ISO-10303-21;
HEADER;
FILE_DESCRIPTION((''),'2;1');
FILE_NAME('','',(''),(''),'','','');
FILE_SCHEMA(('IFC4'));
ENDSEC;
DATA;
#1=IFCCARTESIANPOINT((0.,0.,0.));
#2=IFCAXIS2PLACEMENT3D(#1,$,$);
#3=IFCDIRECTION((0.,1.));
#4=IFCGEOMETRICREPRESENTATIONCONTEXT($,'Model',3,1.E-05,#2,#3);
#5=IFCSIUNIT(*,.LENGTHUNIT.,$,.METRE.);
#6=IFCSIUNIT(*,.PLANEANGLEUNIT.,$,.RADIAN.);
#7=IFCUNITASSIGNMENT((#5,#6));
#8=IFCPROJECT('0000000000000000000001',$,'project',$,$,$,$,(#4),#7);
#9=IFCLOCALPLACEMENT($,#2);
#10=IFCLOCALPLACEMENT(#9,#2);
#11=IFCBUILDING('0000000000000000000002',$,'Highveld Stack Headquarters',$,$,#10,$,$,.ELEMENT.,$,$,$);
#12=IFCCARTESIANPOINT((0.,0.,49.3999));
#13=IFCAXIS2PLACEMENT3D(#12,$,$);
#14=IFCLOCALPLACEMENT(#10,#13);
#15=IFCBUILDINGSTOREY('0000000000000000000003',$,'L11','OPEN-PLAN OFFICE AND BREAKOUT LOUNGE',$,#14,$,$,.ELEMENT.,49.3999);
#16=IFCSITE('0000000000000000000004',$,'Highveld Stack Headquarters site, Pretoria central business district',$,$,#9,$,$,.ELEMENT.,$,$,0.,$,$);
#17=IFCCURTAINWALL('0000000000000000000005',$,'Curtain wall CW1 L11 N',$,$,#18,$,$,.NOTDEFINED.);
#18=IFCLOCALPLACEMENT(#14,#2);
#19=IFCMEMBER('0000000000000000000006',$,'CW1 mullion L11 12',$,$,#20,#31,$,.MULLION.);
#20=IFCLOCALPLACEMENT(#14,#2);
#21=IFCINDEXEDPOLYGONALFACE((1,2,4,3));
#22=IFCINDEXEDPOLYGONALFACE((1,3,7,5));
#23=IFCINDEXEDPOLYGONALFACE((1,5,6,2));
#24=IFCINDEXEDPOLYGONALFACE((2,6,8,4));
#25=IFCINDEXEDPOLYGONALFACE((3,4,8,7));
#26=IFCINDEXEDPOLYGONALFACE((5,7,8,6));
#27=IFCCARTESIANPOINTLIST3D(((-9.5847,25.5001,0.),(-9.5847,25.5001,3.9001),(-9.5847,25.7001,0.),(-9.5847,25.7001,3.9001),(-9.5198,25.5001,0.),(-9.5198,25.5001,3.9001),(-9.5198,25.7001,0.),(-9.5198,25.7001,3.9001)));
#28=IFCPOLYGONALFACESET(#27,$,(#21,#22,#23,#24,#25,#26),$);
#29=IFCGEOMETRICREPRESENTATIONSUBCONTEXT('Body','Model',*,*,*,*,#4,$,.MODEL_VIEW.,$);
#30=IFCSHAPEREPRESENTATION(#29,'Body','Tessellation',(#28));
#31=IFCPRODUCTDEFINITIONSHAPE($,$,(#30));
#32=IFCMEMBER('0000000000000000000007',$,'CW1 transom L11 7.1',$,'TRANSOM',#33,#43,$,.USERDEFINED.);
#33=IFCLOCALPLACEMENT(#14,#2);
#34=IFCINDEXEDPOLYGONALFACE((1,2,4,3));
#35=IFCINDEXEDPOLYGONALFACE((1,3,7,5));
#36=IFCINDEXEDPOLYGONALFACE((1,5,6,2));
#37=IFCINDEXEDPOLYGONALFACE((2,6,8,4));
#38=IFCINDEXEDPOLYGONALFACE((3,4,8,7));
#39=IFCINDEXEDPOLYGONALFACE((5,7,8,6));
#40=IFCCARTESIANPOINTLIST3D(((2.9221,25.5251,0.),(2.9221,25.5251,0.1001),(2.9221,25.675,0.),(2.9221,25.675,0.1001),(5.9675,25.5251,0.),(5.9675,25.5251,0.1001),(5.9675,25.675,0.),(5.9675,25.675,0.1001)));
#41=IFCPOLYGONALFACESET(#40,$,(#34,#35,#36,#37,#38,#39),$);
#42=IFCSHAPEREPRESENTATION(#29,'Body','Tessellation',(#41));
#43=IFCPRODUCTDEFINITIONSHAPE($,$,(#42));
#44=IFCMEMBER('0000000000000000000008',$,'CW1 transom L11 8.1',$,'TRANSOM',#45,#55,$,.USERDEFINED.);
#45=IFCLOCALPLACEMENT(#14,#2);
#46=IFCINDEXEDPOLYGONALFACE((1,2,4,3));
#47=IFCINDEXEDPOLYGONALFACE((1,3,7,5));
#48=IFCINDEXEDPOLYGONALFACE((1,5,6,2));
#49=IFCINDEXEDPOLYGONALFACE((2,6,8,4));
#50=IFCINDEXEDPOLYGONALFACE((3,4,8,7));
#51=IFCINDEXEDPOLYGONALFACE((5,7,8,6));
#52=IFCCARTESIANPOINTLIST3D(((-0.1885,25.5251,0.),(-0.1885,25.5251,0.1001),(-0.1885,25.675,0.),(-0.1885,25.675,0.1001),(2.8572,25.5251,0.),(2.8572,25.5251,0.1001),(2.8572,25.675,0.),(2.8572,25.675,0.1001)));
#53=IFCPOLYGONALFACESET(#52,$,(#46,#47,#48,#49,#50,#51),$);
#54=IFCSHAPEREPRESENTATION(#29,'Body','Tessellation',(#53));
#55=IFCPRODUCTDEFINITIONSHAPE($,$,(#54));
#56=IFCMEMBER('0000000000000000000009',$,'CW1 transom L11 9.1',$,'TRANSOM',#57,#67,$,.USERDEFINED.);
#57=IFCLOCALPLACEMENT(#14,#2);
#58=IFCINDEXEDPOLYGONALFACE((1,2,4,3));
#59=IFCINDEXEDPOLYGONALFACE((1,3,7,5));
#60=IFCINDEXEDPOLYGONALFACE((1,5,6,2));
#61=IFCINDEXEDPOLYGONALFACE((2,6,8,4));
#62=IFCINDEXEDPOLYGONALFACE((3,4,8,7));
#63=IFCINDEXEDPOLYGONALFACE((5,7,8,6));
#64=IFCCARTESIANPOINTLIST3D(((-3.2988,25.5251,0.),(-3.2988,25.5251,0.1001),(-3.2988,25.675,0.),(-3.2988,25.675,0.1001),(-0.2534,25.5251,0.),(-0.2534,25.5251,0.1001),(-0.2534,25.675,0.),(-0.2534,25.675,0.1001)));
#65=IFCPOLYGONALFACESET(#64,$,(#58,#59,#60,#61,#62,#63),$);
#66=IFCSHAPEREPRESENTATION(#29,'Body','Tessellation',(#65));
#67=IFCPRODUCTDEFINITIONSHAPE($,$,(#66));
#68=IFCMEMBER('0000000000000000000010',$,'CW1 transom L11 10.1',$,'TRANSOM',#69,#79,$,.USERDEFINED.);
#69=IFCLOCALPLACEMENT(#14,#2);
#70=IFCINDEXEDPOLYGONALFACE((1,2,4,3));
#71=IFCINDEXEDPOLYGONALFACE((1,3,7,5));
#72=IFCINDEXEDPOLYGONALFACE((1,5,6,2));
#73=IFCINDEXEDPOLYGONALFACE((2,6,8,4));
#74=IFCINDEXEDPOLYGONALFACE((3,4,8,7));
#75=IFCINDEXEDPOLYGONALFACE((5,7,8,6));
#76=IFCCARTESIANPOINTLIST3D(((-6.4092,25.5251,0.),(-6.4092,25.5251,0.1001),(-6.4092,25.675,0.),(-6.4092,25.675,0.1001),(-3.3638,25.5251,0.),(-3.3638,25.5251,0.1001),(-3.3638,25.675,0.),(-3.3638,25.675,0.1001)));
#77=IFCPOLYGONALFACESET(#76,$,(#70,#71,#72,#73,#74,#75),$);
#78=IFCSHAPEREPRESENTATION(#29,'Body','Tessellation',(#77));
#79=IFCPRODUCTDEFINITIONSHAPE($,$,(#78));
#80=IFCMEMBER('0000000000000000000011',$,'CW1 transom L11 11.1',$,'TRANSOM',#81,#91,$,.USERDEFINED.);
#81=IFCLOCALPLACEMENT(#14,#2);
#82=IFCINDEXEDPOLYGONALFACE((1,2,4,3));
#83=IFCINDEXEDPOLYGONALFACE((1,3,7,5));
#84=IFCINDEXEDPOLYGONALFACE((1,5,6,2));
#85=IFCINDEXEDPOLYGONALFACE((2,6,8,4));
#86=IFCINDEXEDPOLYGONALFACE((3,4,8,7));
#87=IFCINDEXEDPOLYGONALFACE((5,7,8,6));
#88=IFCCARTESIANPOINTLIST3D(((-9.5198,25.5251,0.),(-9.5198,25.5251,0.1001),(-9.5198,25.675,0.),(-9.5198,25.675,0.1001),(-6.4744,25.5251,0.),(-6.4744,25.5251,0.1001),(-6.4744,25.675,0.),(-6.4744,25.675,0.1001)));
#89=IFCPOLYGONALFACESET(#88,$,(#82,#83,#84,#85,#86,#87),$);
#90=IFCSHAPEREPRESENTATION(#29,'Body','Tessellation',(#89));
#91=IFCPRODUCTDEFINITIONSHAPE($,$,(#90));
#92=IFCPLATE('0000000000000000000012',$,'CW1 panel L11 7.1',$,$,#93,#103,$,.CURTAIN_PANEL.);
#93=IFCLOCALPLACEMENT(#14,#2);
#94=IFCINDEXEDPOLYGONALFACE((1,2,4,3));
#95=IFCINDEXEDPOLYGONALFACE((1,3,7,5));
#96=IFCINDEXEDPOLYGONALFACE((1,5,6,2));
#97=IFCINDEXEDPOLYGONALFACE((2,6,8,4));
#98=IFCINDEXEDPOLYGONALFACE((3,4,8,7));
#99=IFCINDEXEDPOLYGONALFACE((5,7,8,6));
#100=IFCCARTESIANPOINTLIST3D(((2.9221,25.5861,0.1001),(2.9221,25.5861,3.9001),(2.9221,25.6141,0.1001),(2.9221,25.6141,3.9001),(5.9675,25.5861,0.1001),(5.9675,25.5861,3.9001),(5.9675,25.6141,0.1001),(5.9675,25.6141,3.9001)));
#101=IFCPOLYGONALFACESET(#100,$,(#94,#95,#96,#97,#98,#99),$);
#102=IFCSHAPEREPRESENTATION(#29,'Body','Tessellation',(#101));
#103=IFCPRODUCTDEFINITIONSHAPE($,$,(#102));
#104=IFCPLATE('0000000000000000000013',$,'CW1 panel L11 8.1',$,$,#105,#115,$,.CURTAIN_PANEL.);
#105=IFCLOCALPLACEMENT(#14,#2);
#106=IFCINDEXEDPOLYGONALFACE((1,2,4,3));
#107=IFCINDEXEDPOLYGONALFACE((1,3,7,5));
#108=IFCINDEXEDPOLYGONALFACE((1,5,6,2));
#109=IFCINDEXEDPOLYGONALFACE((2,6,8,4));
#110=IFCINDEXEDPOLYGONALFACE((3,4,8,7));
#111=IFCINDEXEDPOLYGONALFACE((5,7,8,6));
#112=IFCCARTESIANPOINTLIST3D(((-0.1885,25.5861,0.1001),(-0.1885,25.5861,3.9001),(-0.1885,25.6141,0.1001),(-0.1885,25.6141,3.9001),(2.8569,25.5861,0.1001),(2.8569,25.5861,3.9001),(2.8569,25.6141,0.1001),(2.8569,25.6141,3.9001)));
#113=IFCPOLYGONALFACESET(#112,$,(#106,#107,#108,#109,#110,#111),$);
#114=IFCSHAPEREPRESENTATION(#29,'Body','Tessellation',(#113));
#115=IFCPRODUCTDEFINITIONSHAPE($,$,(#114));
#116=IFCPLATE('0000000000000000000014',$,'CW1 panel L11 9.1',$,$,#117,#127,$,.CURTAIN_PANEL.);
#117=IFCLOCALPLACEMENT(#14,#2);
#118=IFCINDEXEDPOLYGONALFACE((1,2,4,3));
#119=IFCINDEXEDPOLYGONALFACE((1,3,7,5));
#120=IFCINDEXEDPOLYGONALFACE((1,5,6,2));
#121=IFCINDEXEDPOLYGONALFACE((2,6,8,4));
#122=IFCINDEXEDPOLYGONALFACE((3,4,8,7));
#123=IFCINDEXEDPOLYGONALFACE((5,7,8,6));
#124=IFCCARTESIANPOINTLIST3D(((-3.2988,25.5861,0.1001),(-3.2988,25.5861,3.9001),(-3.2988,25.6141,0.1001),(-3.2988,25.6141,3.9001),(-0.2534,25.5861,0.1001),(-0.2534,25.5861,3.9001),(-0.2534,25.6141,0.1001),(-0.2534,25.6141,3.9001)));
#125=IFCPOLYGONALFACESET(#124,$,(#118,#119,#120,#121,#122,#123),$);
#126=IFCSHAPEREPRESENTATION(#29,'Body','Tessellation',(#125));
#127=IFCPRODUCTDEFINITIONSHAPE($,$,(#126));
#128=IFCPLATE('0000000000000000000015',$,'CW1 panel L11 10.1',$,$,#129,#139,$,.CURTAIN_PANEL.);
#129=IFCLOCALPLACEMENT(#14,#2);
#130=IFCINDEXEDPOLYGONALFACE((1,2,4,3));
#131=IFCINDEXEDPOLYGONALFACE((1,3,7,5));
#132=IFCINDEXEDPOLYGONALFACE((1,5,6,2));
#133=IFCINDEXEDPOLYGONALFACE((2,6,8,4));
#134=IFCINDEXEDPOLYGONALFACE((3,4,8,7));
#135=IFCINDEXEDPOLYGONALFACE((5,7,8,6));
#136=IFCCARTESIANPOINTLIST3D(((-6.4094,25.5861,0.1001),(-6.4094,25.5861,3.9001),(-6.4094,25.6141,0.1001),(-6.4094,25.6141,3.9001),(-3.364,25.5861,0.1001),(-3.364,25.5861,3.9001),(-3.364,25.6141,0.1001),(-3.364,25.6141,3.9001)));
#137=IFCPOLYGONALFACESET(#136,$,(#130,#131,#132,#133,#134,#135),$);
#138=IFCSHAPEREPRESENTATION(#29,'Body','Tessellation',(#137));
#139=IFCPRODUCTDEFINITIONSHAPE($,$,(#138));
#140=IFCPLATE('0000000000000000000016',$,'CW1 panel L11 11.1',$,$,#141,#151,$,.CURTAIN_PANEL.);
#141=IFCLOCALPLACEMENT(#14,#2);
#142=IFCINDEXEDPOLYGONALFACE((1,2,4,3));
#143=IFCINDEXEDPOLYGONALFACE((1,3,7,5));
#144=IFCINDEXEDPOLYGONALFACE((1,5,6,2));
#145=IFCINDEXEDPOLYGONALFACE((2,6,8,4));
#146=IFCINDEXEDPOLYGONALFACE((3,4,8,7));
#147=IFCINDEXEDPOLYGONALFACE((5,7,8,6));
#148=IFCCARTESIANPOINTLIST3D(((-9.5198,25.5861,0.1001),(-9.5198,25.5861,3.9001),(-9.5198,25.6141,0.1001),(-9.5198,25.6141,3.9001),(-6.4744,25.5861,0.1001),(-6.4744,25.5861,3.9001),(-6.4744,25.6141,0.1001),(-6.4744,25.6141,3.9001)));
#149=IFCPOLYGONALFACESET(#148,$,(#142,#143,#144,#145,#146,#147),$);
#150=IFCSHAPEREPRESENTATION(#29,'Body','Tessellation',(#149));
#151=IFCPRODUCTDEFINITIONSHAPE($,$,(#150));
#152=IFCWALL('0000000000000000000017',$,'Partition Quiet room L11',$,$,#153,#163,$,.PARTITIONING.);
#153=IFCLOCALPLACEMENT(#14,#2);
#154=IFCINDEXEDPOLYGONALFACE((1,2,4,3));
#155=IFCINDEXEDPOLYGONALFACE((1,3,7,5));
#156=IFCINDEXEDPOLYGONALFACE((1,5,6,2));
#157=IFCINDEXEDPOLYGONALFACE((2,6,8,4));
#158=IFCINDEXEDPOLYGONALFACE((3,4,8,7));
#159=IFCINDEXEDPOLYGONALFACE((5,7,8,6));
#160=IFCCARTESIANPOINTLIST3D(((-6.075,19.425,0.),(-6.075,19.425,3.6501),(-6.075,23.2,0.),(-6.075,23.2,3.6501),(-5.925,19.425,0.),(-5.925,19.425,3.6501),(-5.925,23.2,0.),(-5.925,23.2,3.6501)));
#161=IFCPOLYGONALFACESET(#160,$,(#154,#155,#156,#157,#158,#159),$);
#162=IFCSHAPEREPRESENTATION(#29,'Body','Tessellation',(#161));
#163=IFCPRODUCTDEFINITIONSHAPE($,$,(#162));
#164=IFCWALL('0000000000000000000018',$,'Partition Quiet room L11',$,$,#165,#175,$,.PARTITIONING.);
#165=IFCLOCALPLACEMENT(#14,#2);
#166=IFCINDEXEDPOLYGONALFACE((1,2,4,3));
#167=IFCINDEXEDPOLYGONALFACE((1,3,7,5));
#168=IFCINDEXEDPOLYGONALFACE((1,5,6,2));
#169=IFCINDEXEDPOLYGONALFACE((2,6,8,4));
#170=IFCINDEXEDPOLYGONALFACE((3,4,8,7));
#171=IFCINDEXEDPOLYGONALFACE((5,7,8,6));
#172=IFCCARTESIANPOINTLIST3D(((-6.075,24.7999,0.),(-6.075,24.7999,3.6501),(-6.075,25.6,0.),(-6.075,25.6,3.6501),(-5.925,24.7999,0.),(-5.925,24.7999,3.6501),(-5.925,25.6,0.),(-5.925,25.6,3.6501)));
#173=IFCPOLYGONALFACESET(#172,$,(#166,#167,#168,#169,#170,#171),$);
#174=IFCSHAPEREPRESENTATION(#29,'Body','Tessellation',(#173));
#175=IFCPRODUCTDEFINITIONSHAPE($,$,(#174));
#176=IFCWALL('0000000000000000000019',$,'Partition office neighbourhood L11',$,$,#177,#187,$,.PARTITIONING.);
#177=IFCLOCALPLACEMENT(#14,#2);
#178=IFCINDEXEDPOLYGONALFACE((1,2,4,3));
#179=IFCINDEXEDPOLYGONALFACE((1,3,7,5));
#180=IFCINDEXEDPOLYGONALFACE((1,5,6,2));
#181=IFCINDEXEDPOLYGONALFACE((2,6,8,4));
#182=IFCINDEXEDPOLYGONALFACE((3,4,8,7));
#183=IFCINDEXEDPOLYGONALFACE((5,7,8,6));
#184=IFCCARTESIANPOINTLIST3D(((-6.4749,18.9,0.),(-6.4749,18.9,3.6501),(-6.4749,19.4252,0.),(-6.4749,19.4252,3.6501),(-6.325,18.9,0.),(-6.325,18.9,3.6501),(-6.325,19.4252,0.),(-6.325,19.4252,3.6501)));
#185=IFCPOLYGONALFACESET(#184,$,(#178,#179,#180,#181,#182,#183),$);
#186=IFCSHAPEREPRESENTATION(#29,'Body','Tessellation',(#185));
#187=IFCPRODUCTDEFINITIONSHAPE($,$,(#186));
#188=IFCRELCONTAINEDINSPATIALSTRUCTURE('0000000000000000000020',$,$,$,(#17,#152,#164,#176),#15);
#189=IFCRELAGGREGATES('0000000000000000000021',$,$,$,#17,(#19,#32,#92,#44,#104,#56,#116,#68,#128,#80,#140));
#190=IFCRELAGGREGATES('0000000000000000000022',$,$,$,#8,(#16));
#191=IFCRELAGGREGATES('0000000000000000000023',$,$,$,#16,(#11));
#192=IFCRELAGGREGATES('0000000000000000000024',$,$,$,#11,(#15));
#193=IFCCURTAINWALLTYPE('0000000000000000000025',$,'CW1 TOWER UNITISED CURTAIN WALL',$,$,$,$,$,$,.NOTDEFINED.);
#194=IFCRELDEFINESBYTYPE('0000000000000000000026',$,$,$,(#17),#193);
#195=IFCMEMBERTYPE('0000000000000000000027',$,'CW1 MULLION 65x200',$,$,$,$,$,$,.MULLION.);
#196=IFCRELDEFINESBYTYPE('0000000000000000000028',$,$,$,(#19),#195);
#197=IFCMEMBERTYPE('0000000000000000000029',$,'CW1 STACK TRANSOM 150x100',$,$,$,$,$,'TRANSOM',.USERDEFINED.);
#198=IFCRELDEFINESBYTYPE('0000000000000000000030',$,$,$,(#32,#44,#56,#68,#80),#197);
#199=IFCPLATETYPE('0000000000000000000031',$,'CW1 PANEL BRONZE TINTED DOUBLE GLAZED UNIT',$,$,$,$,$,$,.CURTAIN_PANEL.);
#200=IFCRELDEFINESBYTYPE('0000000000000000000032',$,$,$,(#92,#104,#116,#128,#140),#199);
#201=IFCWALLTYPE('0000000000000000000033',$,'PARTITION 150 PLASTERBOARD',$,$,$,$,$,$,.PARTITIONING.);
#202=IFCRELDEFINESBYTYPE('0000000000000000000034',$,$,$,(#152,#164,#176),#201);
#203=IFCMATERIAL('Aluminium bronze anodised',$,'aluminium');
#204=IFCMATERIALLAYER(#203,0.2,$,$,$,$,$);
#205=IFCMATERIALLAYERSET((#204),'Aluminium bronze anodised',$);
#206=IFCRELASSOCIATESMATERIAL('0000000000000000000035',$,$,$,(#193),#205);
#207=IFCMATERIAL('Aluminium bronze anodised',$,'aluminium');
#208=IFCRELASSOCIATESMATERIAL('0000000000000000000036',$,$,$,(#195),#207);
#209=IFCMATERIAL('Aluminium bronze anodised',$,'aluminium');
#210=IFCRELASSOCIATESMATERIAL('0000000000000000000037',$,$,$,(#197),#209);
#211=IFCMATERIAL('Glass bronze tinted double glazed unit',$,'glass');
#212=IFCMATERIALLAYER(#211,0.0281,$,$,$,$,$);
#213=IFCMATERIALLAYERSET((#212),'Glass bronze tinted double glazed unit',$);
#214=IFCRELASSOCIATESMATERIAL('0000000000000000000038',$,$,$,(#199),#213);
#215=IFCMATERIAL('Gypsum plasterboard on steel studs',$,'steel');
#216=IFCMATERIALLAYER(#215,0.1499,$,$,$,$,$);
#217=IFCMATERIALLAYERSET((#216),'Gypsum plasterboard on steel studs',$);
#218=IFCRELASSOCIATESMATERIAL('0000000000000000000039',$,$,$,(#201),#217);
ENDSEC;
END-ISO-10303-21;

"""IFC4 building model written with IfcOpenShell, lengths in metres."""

from ifc_helpers import new_model, si_unit, direction, frame, frame_2d, origin, origin_2d, place, context, subcontext, project, spatial, rectangle, extrude, material, layer, layer_set, material_profile, profile_set, type_object, element, aggregate, save


model = new_model("IFC4")

# Units and contexts
model_context = context("Model", 3, precision=1e-05, world=origin(), true_north=direction((0.0, 1.0)))
body_context = subcontext(model_context, "Body", "Model", "MODEL_VIEW")
ifc_project = project(units=[si_unit("LENGTHUNIT", "METRE"), si_unit("PLANEANGLEUNIT", "RADIAN")], contexts=[model_context])

# Site, building, storey
site_placement = place(None, origin())
site = spatial("IfcSite", under=ifc_project, at=site_placement, Name="Highveld Stack Headquarters site, Pretoria central business district", CompositionType="ELEMENT", RefElevation=0.0)
building_placement = place(site_placement, origin())
building = spatial("IfcBuilding", under=site, at=building_placement, Name="Highveld Stack Headquarters", CompositionType="ELEMENT")
storey_placement = place(building_placement, frame((0.0, 0.0, 49.3999)))
storey = spatial("IfcBuildingStorey", under=building, at=storey_placement, Name="L11", Description="OPEN-PLAN OFFICE AND BREAKOUT LOUNGE", CompositionType="ELEMENT", Elevation=49.3999)

# Curtain wall, members, plates
ifc_material_1 = material(Name="Aluminium bronze anodised", Category="aluminium")
ifc_layer_1 = layer(ifc_material_1, 0.2)
ifc_layer_set_1 = layer_set([ifc_layer_1], Name="Aluminium bronze anodised")
curtain_wall_type = type_object("IfcCurtainWallType", Name="CW1 TOWER UNITISED CURTAIN WALL", PredefinedType="NOTDEFINED", material=ifc_layer_set_1)
curtain_wall_placement = place(storey_placement, origin())
curtain_wall = element("IfcCurtainWall", 1, at=curtain_wall_placement, inside=storey, type_object=curtain_wall_type, Name="Curtain wall CW1 L11 N", PredefinedType="NOTDEFINED")
ifc_material_2 = material(Name="Aluminium bronze anodised", Category="aluminium")
ifc_material_profile_1 = material_profile(ifc_material_2, rectangle(XDim=0.2, YDim=0.0649, at=origin_2d()), Name="CW1 MULLION 65x200")
ifc_profile_set_1 = profile_set([ifc_material_profile_1], Name="Aluminium bronze anodised")
member_type_1 = type_object("IfcMemberType", Name="CW1 MULLION 65x200", PredefinedType="MULLION", material=ifc_profile_set_1)
member_1_placement = place(storey_placement, frame((-9.5522, 25.6001, 0.0), z_axis=(0.0, 0.0, 1.0), x_axis=(0.0, -1.0, 0.0)))
member_1 = element("IfcMember", 2, at=member_1_placement, type_object=member_type_1, Name="CW1 mullion L11 12", PredefinedType="MULLION", context=body_context, shape_type="SweptSolid", body=[
    extrude(rectangle(XDim=0.2, YDim=0.0649, at=origin_2d()), origin(), (0.0, 0.0, 1.0), 3.9001),
])
ifc_material_3 = material(Name="Aluminium bronze anodised", Category="aluminium")
ifc_material_profile_2 = material_profile(ifc_material_3, rectangle(XDim=0.1499, YDim=0.1001, at=origin_2d()), Name="CW1 TRANSOM 150x100")
ifc_profile_set_2 = profile_set([ifc_material_profile_2], Name="Aluminium bronze anodised")
member_type_2 = type_object("IfcMemberType", Name="CW1 STACK TRANSOM 150x100", ElementType="TRANSOM", PredefinedType="USERDEFINED", material=ifc_profile_set_2)
member_2_placement = place(storey_placement, frame((5.9675, 25.6001, 0.05), z_axis=(-1.0, 0.0, 0.0), x_axis=(0.0, -1.0, 0.0)))
member_2 = element("IfcMember", 3, at=member_2_placement, type_object=member_type_2, Name="CW1 transom L11 7.1", ObjectType="TRANSOM", PredefinedType="USERDEFINED", context=body_context, shape_type="SweptSolid", body=[
    extrude(rectangle(XDim=0.1499, YDim=0.1001, at=origin_2d()), origin(), (0.0, 0.0, 1.0), 3.0454),
])
member_3_placement = place(storey_placement, frame((2.8572, 25.6001, 0.05), z_axis=(-1.0, 0.0, 0.0), x_axis=(0.0, -1.0, 0.0)))
member_3 = element("IfcMember", 4, at=member_3_placement, type_object=member_type_2, Name="CW1 transom L11 8.1", ObjectType="TRANSOM", PredefinedType="USERDEFINED", context=body_context, shape_type="SweptSolid", body=[
    extrude(rectangle(XDim=0.1499, YDim=0.1001, at=origin_2d()), origin(), (0.0, 0.0, 1.0), 3.0457),
])
member_4_placement = place(storey_placement, frame((-0.2534, 25.6001, 0.05), z_axis=(-1.0, 0.0, 0.0), x_axis=(0.0, -1.0, 0.0)))
member_4 = element("IfcMember", 5, at=member_4_placement, type_object=member_type_2, Name="CW1 transom L11 9.1", ObjectType="TRANSOM", PredefinedType="USERDEFINED", context=body_context, shape_type="SweptSolid", body=[
    extrude(rectangle(XDim=0.1499, YDim=0.1001, at=origin_2d()), origin(), (0.0, 0.0, 1.0), 3.0454),
])
member_5_placement = place(storey_placement, frame((-3.3638, 25.6001, 0.05), z_axis=(-1.0, 0.0, 0.0), x_axis=(0.0, -1.0, 0.0)))
member_5 = element("IfcMember", 6, at=member_5_placement, type_object=member_type_2, Name="CW1 transom L11 10.1", ObjectType="TRANSOM", PredefinedType="USERDEFINED", context=body_context, shape_type="SweptSolid", body=[
    extrude(rectangle(XDim=0.1499, YDim=0.1001, at=origin_2d()), origin(), (0.0, 0.0, 1.0), 3.0454),
])
member_6_placement = place(storey_placement, frame((-6.4744, 25.6001, 0.05), z_axis=(-1.0, 0.0, 0.0), x_axis=(0.0, -1.0, 0.0)))
member_6 = element("IfcMember", 7, at=member_6_placement, type_object=member_type_2, Name="CW1 transom L11 11.1", ObjectType="TRANSOM", PredefinedType="USERDEFINED", context=body_context, shape_type="SweptSolid", body=[
    extrude(rectangle(XDim=0.1499, YDim=0.1001, at=origin_2d()), origin(), (0.0, 0.0, 1.0), 3.0454),
])
ifc_material_4 = material(Name="Glass bronze tinted double glazed unit", Category="glass")
ifc_layer_2 = layer(ifc_material_4, 0.0281)
ifc_layer_set_2 = layer_set([ifc_layer_2], Name="Glass bronze tinted double glazed unit")
plate_type = type_object("IfcPlateType", Name="CW1 PANEL BRONZE TINTED DOUBLE GLAZED UNIT", PredefinedType="CURTAIN_PANEL", material=ifc_layer_set_2)
plate_1_placement = place(storey_placement, frame((4.4448, 25.6001, 0.1001), z_axis=(0.0, 0.0, 1.0), x_axis=(-1.0, 0.0, 0.0)))
plate_1 = element("IfcPlate", 8, at=plate_1_placement, type_object=plate_type, Name="CW1 panel L11 7.1", PredefinedType="CURTAIN_PANEL", context=body_context, shape_type="SweptSolid", body=[
    extrude(rectangle(XDim=3.0454, YDim=0.0281, at=origin_2d()), origin(), (0.0, 0.0, 1.0), 3.8),
])
plate_2_placement = place(storey_placement, frame((1.3342, 25.6001, 0.1001), z_axis=(0.0, 0.0, 1.0), x_axis=(-1.0, 0.0, 0.0)))
plate_2 = element("IfcPlate", 9, at=plate_2_placement, type_object=plate_type, Name="CW1 panel L11 8.1", PredefinedType="CURTAIN_PANEL", context=body_context, shape_type="SweptSolid", body=[
    extrude(rectangle(XDim=3.0454, YDim=0.0281, at=origin_2d()), origin(), (0.0, 0.0, 1.0), 3.8),
])
plate_3_placement = place(storey_placement, frame((-1.7761, 25.6001, 0.1001), z_axis=(0.0, 0.0, 1.0), x_axis=(-1.0, 0.0, 0.0)))
plate_3 = element("IfcPlate", 10, at=plate_3_placement, type_object=plate_type, Name="CW1 panel L11 9.1", PredefinedType="CURTAIN_PANEL", context=body_context, shape_type="SweptSolid", body=[
    extrude(rectangle(XDim=3.0454, YDim=0.0281, at=origin_2d()), origin(), (0.0, 0.0, 1.0), 3.8),
])
plate_4_placement = place(storey_placement, frame((-4.8867, 25.6001, 0.1001), z_axis=(0.0, 0.0, 1.0), x_axis=(-1.0, 0.0, 0.0)))
plate_4 = element("IfcPlate", 11, at=plate_4_placement, type_object=plate_type, Name="CW1 panel L11 10.1", PredefinedType="CURTAIN_PANEL", context=body_context, shape_type="SweptSolid", body=[
    extrude(rectangle(XDim=3.0454, YDim=0.0281, at=origin_2d()), origin(), (0.0, 0.0, 1.0), 3.8),
])
plate_5_placement = place(storey_placement, frame((-7.9971, 25.6001, 0.1001), z_axis=(0.0, 0.0, 1.0), x_axis=(-1.0, 0.0, 0.0)))
plate_5 = element("IfcPlate", 12, at=plate_5_placement, type_object=plate_type, Name="CW1 panel L11 11.1", PredefinedType="CURTAIN_PANEL", context=body_context, shape_type="SweptSolid", body=[
    extrude(rectangle(XDim=3.0454, YDim=0.0281, at=origin_2d()), origin(), (0.0, 0.0, 1.0), 3.8),
])
aggregate(curtain_wall, [member_1, member_2, plate_1, member_3, plate_2, member_4, plate_3, member_5, plate_4, member_6, plate_5])

# Walls
ifc_material_5 = material(Name="Gypsum plasterboard on steel studs", Category="steel")
ifc_layer_3 = layer(ifc_material_5, 0.1499)
ifc_layer_set_3 = layer_set([ifc_layer_3], Name="Gypsum plasterboard on steel studs")
wall_type = type_object("IfcWallType", Name="PARTITION 150 PLASTERBOARD", PredefinedType="PARTITIONING", material=ifc_layer_set_3)
wall_1_placement = place(storey_placement, frame((-6.0, 19.425, 0.0), z_axis=(0.0, 0.0, 1.0), x_axis=(0.0, 1.0, 0.0)))
element("IfcWall", 13, at=wall_1_placement, inside=storey, type_object=wall_type, Name="Partition Quiet room L11", PredefinedType="PARTITIONING", context=body_context, shape_type="SweptSolid", body=[
    extrude(rectangle(XDim=3.7749, YDim=0.1499, at=frame_2d((1.8875, 0.0))), origin(), (0.0, 0.0, 1.0), 3.6501),
])
wall_2_placement = place(storey_placement, frame((-6.0, 24.8, 0.0), z_axis=(0.0, 0.0, 1.0), x_axis=(0.0, 1.0, 0.0)))
element("IfcWall", 14, at=wall_2_placement, inside=storey, type_object=wall_type, Name="Partition Quiet room L11", PredefinedType="PARTITIONING", context=body_context, shape_type="SweptSolid", body=[
    extrude(rectangle(XDim=0.8, YDim=0.1499, at=frame_2d((0.3999, 0.0))), origin(), (0.0, 0.0, 1.0), 3.6501),
])
wall_3_placement = place(storey_placement, frame((-6.3999, 18.8999, 0.0), z_axis=(0.0, 0.0, 1.0), x_axis=(0.0, 1.0, 0.0)))
element("IfcWall", 15, at=wall_3_placement, inside=storey, type_object=wall_type, Name="Partition office neighbourhood L11", PredefinedType="PARTITIONING", context=body_context, shape_type="SweptSolid", body=[
    extrude(rectangle(XDim=0.5251, YDim=0.1499, at=frame_2d((0.2627, 0.0))), origin(), (0.0, 0.0, 1.0), 3.6501),
])

save(model, "model.ifc")
